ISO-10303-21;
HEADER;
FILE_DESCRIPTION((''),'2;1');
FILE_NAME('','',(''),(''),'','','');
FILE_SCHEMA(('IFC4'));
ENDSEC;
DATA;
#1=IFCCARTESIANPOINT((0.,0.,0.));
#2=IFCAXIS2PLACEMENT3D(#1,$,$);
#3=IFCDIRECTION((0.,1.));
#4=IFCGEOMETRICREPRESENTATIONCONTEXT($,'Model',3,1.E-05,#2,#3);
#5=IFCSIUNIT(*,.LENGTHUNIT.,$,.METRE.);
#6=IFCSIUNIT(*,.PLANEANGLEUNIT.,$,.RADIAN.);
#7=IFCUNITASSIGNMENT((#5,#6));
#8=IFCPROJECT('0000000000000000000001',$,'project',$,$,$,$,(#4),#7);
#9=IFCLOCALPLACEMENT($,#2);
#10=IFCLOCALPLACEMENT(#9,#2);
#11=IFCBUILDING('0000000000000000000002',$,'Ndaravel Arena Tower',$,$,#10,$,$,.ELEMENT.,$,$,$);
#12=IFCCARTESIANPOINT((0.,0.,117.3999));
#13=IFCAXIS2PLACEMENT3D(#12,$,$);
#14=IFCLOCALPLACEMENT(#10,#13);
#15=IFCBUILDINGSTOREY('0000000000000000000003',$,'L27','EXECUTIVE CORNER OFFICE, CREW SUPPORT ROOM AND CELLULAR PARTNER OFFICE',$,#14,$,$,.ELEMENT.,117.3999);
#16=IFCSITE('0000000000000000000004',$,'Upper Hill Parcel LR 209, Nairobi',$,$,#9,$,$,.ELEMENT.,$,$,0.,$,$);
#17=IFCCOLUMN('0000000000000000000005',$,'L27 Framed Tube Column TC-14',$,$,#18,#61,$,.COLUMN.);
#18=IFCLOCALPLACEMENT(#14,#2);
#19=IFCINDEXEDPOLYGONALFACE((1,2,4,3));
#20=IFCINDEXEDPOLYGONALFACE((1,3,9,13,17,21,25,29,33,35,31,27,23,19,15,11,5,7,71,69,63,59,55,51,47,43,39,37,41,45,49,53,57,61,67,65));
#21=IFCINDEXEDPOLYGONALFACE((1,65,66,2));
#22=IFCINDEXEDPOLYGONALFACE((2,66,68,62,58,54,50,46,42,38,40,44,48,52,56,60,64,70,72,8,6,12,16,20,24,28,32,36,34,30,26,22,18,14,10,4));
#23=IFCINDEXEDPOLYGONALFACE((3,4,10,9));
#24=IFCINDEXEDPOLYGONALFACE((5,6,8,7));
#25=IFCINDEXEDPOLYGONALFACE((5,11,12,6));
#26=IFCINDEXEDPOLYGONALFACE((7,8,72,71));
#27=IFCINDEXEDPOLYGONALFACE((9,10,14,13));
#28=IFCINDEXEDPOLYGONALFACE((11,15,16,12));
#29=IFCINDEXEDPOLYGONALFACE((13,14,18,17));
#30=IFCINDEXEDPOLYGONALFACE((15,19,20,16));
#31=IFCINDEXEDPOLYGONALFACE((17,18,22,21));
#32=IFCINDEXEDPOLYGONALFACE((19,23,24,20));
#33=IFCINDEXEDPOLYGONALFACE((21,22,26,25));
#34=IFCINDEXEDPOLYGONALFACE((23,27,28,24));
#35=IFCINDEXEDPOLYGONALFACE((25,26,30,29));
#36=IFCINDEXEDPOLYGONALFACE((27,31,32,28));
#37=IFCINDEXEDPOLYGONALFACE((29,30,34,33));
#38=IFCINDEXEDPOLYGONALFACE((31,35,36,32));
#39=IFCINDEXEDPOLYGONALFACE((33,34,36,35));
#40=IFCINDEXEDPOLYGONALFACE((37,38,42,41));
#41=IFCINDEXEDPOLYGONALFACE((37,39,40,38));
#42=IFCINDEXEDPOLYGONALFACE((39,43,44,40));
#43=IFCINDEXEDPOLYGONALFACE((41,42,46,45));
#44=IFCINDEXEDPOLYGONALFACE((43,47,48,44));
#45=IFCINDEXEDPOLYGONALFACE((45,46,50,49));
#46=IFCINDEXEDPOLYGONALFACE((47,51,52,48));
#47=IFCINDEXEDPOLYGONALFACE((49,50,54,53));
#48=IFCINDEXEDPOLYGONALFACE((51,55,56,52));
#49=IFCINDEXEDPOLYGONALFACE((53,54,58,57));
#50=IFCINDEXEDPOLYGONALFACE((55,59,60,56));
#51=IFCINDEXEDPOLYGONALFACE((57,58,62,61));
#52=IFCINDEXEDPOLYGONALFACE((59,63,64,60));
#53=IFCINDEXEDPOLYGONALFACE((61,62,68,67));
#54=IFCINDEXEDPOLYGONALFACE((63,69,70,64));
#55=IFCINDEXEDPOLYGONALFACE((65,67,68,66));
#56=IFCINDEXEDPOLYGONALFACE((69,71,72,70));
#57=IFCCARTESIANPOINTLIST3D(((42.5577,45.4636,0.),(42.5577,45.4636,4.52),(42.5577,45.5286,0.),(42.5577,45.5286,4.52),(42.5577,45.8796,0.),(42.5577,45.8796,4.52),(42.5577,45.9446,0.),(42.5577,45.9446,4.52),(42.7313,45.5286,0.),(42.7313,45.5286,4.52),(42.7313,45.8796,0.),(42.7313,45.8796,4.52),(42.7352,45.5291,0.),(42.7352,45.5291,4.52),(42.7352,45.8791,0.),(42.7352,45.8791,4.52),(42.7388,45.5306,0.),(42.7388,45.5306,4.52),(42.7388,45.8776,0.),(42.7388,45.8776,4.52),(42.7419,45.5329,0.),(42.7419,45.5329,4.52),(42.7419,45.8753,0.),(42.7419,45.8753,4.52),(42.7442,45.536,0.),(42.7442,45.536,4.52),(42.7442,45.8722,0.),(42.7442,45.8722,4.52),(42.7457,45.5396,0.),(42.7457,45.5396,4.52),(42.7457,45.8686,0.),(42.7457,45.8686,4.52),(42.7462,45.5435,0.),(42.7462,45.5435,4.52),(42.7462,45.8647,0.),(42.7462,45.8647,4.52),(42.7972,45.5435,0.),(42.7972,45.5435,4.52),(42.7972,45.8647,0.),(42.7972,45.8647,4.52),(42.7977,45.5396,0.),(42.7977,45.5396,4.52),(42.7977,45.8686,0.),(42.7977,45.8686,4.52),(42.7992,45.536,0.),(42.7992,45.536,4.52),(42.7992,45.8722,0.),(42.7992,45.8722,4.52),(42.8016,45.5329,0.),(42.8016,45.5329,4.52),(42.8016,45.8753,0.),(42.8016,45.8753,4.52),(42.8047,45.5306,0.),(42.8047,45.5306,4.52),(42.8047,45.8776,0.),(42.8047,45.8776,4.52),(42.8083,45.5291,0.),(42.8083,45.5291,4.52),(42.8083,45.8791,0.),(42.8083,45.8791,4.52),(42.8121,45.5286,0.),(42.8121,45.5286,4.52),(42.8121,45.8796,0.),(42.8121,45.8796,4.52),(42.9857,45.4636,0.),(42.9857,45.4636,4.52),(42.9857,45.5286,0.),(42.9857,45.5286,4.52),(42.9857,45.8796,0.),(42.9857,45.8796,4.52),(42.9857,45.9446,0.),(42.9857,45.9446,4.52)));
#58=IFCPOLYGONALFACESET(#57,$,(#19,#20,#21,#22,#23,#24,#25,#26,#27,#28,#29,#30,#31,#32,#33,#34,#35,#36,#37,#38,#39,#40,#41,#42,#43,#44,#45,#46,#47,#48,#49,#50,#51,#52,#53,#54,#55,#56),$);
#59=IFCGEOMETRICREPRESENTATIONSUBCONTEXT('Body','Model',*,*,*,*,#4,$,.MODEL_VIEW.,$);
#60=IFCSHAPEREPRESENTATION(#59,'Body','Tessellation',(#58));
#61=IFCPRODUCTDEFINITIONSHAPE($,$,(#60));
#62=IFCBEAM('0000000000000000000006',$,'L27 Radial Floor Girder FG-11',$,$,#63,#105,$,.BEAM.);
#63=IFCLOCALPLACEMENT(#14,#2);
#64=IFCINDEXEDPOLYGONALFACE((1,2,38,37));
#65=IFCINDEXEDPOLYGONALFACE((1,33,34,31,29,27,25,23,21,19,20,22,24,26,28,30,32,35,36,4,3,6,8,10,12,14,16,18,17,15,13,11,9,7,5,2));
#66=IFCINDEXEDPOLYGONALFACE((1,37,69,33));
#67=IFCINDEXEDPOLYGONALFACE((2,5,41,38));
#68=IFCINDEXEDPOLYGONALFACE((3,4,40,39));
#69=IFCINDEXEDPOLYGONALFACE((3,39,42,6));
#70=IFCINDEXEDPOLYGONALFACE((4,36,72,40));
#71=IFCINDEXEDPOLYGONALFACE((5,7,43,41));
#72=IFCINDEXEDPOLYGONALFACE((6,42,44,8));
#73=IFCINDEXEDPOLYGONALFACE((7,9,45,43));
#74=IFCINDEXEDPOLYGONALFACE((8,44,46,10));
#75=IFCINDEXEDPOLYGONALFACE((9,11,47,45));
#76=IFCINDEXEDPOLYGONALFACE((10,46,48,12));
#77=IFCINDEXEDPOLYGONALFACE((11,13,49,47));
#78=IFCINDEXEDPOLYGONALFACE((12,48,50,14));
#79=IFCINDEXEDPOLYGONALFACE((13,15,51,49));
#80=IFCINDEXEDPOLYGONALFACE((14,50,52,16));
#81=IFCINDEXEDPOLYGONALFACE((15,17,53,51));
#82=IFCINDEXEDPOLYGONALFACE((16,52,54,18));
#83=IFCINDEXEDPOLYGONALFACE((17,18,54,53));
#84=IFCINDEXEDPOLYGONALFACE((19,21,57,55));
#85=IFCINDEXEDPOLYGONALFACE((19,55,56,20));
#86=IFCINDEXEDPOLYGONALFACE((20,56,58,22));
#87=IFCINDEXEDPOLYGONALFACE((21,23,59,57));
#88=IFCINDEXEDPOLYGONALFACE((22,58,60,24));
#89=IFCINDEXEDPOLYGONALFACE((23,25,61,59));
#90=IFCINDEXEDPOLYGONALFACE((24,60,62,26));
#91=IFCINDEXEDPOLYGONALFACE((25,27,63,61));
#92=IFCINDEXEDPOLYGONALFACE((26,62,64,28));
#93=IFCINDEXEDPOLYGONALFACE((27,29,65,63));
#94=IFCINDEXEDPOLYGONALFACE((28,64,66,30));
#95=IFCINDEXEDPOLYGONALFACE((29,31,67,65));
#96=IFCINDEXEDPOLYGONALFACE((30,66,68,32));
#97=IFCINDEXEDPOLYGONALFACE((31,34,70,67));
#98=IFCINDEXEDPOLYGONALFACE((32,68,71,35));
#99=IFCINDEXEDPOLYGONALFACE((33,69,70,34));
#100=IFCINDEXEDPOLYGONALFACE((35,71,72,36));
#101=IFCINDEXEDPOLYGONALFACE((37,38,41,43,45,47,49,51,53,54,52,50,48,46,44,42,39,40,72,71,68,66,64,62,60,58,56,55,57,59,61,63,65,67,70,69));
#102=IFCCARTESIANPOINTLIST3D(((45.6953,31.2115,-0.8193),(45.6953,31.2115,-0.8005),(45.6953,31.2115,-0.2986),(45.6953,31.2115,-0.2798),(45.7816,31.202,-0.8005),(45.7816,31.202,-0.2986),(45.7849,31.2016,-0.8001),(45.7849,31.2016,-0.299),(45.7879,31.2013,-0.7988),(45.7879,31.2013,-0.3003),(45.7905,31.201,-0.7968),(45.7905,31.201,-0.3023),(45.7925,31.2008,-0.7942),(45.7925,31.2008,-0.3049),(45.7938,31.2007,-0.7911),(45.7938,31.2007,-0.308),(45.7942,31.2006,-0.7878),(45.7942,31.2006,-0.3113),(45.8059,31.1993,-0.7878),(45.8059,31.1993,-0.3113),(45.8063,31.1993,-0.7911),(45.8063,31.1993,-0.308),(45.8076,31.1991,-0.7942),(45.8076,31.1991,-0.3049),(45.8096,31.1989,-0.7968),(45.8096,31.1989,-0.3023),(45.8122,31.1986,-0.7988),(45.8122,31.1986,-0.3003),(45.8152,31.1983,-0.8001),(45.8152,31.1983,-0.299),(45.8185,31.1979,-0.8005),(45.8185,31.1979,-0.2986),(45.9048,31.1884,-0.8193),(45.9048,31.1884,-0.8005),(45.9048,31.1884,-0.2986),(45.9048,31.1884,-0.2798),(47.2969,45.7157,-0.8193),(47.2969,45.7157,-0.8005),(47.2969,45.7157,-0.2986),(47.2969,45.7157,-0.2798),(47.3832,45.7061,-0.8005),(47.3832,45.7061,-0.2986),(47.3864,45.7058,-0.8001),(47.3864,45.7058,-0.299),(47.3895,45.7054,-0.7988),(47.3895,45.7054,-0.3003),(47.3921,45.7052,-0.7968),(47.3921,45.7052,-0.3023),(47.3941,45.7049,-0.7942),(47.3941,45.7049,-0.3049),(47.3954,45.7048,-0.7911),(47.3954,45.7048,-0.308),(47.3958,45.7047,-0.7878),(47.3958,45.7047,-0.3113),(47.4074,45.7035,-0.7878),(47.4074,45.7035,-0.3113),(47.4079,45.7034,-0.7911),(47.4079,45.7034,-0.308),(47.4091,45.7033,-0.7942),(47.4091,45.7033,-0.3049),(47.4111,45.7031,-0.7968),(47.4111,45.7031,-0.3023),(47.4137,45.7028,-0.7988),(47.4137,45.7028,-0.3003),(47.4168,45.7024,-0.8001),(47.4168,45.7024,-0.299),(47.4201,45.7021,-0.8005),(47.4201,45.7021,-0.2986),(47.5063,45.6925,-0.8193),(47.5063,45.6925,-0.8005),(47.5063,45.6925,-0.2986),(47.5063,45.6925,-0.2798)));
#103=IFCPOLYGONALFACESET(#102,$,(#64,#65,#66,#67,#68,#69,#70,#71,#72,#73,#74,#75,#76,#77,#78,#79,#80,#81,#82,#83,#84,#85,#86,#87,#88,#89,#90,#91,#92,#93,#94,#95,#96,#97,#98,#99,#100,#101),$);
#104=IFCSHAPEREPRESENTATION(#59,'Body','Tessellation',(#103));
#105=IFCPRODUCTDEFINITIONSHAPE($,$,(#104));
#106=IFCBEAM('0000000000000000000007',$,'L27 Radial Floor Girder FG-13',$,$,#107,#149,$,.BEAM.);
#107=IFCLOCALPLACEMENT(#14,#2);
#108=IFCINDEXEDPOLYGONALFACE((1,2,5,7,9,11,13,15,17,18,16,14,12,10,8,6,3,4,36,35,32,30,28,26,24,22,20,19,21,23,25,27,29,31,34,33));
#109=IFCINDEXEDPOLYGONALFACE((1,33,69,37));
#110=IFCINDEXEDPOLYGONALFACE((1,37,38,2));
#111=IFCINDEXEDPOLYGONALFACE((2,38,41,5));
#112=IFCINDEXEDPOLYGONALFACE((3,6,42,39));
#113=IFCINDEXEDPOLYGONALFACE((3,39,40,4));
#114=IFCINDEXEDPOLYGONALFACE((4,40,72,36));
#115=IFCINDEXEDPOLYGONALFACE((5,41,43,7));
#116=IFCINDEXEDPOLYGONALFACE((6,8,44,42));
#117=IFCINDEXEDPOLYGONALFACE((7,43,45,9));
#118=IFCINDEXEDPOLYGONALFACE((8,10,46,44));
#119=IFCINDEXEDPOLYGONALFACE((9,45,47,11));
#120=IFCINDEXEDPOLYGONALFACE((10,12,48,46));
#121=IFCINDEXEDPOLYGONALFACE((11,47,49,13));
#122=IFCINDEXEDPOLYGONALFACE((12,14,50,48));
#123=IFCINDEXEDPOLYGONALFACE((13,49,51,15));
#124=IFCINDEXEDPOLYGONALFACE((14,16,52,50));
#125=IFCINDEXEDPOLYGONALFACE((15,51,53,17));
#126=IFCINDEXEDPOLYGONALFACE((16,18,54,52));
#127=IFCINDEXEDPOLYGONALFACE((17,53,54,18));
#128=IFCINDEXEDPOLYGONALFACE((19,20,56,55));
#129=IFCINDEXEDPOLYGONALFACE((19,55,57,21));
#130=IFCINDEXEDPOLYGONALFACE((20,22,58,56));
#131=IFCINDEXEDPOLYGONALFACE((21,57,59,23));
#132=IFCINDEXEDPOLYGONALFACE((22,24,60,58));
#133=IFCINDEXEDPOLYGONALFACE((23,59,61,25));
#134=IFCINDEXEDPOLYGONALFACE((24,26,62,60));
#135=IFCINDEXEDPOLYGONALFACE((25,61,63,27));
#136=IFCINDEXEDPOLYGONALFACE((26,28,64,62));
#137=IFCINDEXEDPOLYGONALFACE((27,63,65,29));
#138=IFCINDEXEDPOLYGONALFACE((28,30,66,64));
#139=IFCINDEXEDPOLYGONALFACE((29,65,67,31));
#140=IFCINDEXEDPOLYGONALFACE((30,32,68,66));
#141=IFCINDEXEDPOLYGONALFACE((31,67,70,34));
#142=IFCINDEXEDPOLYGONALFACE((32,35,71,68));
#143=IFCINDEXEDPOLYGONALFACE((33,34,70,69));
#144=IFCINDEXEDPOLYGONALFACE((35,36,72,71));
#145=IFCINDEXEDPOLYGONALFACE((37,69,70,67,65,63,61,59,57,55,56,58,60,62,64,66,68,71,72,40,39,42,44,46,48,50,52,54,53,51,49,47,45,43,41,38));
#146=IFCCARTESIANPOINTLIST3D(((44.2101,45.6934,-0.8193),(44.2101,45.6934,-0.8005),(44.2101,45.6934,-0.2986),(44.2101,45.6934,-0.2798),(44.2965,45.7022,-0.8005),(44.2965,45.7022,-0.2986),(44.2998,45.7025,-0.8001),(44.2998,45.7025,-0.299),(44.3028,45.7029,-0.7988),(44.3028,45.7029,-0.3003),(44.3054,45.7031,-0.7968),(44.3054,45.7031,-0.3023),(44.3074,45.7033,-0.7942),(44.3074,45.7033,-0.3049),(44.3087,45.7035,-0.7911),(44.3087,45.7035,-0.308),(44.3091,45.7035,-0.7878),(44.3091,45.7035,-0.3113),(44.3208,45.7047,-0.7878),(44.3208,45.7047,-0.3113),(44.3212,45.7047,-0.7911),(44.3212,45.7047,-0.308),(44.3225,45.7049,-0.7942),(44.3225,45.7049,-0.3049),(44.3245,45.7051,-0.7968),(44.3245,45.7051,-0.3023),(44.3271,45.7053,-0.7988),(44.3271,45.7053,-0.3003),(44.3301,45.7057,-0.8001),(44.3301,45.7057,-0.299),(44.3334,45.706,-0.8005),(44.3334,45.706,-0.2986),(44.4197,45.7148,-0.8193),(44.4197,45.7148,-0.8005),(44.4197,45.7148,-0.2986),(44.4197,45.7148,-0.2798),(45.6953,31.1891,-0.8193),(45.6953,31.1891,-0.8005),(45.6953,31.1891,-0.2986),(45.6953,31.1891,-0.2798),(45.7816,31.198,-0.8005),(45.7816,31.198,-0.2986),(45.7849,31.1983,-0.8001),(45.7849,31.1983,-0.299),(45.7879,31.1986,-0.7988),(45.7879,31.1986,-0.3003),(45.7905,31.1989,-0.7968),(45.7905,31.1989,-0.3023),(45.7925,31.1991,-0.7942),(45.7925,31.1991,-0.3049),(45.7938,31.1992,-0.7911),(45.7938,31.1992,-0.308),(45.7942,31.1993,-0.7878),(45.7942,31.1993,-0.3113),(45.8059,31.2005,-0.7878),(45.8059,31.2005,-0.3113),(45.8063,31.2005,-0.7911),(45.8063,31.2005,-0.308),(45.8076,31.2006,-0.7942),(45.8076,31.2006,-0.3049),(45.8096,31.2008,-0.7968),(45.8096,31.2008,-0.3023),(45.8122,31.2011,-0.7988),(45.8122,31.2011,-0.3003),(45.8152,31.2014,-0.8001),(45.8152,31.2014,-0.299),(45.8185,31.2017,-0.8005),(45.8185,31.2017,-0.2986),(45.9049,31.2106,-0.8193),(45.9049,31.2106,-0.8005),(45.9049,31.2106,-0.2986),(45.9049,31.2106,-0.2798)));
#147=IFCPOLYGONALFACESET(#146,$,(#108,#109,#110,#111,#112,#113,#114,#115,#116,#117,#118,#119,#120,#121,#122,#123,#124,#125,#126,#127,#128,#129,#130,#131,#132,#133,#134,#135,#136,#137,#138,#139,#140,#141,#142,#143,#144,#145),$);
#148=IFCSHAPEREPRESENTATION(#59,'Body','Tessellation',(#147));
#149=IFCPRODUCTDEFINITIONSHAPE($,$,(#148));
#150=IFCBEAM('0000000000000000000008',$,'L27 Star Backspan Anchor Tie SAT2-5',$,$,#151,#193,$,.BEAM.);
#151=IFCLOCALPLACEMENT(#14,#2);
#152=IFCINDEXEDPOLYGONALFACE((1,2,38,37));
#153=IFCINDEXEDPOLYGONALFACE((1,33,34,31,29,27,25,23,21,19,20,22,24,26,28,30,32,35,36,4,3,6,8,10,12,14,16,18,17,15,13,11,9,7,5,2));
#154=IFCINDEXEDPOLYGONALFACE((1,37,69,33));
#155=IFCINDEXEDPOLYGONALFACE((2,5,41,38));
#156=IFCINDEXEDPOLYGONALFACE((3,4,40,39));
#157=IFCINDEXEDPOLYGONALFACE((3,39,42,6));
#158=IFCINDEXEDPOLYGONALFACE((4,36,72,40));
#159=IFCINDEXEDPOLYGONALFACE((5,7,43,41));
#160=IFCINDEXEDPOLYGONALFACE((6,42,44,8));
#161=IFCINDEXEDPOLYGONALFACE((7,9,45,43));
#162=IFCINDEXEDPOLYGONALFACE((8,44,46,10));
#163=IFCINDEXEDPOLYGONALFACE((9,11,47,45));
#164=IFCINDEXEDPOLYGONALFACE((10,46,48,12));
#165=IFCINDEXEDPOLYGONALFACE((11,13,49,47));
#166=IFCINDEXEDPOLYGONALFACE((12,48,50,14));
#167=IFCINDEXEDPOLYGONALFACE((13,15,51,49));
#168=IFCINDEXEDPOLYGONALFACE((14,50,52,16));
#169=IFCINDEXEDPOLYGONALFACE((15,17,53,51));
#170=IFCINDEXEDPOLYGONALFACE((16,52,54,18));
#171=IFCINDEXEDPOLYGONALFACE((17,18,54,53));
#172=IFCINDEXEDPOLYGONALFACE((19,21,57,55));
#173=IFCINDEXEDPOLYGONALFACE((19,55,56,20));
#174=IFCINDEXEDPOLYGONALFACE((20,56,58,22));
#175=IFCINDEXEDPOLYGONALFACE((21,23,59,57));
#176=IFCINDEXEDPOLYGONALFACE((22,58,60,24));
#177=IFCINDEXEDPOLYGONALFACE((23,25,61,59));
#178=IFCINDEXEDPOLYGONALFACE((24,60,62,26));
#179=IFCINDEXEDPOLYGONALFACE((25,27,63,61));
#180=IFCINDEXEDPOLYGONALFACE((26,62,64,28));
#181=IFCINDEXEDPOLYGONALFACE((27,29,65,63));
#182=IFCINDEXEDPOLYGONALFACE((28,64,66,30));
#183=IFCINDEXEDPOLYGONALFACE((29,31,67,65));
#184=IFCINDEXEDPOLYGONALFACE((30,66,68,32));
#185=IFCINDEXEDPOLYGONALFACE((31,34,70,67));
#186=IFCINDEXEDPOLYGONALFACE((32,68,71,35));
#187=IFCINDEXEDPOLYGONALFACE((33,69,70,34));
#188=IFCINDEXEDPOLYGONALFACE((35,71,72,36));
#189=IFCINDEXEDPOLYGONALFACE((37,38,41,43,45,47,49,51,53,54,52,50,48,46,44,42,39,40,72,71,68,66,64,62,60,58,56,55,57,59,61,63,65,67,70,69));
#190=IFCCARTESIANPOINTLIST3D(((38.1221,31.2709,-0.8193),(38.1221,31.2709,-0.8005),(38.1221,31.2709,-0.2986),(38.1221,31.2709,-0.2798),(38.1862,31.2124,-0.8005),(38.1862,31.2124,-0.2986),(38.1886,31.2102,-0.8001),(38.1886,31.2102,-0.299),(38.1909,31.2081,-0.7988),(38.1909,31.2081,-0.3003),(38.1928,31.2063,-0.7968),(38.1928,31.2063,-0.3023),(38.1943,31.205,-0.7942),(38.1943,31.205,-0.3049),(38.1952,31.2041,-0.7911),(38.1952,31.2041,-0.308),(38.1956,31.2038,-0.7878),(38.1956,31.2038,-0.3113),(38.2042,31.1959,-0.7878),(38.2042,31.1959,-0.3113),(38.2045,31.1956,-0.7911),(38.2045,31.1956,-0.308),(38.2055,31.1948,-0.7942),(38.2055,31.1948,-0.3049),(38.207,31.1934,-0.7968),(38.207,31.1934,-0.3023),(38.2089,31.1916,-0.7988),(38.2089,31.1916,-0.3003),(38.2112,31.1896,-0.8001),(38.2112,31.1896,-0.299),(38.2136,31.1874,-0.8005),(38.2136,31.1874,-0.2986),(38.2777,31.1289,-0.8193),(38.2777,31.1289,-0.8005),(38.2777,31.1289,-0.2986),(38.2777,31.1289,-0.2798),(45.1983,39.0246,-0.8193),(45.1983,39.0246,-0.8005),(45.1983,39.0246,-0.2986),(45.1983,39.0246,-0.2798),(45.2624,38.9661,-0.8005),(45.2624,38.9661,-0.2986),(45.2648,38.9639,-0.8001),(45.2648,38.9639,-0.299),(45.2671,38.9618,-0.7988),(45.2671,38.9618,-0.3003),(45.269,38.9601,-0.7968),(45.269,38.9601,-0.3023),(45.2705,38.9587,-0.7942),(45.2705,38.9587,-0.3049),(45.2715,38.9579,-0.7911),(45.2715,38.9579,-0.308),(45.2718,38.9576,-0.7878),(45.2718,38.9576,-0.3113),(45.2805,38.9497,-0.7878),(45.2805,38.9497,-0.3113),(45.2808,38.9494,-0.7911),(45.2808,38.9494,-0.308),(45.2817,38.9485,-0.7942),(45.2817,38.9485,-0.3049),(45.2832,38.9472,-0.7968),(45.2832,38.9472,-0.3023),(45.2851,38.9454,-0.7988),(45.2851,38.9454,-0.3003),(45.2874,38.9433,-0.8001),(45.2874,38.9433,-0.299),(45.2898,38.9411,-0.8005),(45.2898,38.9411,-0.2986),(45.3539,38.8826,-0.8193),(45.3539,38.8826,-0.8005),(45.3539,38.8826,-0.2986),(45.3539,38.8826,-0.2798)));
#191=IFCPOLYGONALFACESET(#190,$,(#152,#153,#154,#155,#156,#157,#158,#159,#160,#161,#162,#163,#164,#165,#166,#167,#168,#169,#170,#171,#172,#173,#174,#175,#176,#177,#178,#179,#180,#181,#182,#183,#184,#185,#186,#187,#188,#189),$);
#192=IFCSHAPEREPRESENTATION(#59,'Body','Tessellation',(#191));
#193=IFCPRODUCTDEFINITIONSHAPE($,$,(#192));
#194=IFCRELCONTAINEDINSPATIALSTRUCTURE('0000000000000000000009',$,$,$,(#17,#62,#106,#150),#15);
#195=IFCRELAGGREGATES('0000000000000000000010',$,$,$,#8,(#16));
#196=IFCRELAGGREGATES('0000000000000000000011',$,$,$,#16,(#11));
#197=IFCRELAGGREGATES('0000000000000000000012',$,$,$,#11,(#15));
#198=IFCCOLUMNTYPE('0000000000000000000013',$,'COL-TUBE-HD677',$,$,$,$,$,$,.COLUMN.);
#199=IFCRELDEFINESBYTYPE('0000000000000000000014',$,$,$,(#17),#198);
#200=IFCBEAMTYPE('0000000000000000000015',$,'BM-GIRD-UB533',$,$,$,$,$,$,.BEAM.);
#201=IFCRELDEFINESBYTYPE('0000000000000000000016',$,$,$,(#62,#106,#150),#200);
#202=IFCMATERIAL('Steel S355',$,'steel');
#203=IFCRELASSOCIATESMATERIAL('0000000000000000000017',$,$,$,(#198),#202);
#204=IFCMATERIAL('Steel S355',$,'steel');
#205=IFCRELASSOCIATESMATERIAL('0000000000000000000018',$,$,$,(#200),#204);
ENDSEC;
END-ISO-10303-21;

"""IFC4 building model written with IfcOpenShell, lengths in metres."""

from ifc_helpers import new_model, si_unit, direction, frame, origin, origin_2d, place, context, subcontext, project, spatial, i_section, extrude, material, material_profile, profile_set, type_object, element, save


model = new_model("IFC4")

# Units and contexts
model_context = context("Model", 3, precision=1e-05, world=origin(), true_north=direction((0.0, 1.0)))
body_context = subcontext(model_context, "Body", "Model", "MODEL_VIEW")
ifc_project = project(units=[si_unit("LENGTHUNIT", "METRE"), si_unit("PLANEANGLEUNIT", "RADIAN")], contexts=[model_context])

# Site, building, storey
site_placement = place(None, origin())
site = spatial("IfcSite", under=ifc_project, at=site_placement, Name="Upper Hill Parcel LR 209, Nairobi", CompositionType="ELEMENT", RefElevation=0.0)
building_placement = place(site_placement, origin())
building = spatial("IfcBuilding", under=site, at=building_placement, Name="Ndaravel Arena Tower", CompositionType="ELEMENT")
storey_placement = place(building_placement, frame((0.0, 0.0, 117.3999)))
storey = spatial("IfcBuildingStorey", under=building, at=storey_placement, Name="L27", Description="EXECUTIVE CORNER OFFICE, CREW SUPPORT ROOM AND CELLULAR PARTNER OFFICE", CompositionType="ELEMENT", Elevation=117.3999)

# Column
ifc_material_1 = material(Name="Steel S355", Category="steel")
ifc_material_profile_1 = material_profile(ifc_material_1, i_section(OverallWidth=0.428, OverallDepth=0.481, WebThickness=0.051, FlangeThickness=0.0649, FilletRadius=0.0149, at=origin_2d()), Name="HD 400x677")
ifc_profile_set_1 = profile_set([ifc_material_profile_1], Name="Steel S355")
column_type_1 = type_object("IfcColumnType", Name="COL-TUBE-HD677", PredefinedType="COLUMN", material=ifc_profile_set_1)
for number, where, z_axis, x_axis, name in (
    (1, (42.7717, 45.7041, 0.0), (0.0, 0.0, 1.0), (1.0, 0.0, 0.0), "L27 Framed Tube Column TC-14"),
):
    element("IfcColumn", number, at=place(storey_placement, frame(where, z_axis=z_axis, x_axis=x_axis)), inside=storey, type_object=column_type_1, Name=name, PredefinedType="COLUMN", context=body_context, shape_type="SweptSolid", body=[
        extrude(i_section(OverallWidth=0.428, OverallDepth=0.481, WebThickness=0.051, FlangeThickness=0.0649, FilletRadius=0.0149, at=origin_2d()), origin(), (0.0, 0.0, 1.0), 4.52),
    ])

# Beams
ifc_material_2 = material(Name="Steel S355", Category="steel")
ifc_material_profile_2 = material_profile(ifc_material_2, i_section(OverallWidth=0.2107, OverallDepth=0.5396, WebThickness=0.0117, FlangeThickness=0.0188, FilletRadius=0.0127, at=origin_2d()), Name="UB 533x210x109")
ifc_profile_set_2 = profile_set([ifc_material_profile_2], Name="Steel S355")
beam_type_1 = type_object("IfcBeamType", Name="BM-GIRD-UB533", PredefinedType="BEAM", material=ifc_profile_set_2)
beam_1_placement = place(storey_placement, frame((47.4016, 45.7041, -0.5496), z_axis=(-0.109754, -0.993959, 0.0), x_axis=(0.993959, -0.109754, 0.0)))
element("IfcBeam", 2, at=beam_1_placement, inside=storey, type_object=beam_type_1, Name="L27 Radial Floor Girder FG-11", PredefinedType="BEAM", context=body_context, shape_type="SweptSolid", body=[
    extrude(i_section(OverallWidth=0.2107, OverallDepth=0.5396, WebThickness=0.0117, FlangeThickness=0.0188, FilletRadius=0.0127, at=origin_2d()), origin(), (0.0, 0.0, 1.0), 14.5923),
])
beam_2_placement = place(storey_placement, frame((44.3149, 45.7041, -0.5496), z_axis=(0.101859, -0.994799, 0.0), x_axis=(0.994799, 0.101859, 0.0)))
element("IfcBeam", 3, at=beam_2_placement, inside=storey, type_object=beam_type_1, Name="L27 Radial Floor Girder FG-13", PredefinedType="BEAM", context=body_context, shape_type="SweptSolid", body=[
    extrude(i_section(OverallWidth=0.2107, OverallDepth=0.5396, WebThickness=0.0117, FlangeThickness=0.0188, FilletRadius=0.0127, at=origin_2d()), origin(), (0.0, 0.0, 1.0), 14.5801),
])
beam_3_placement = place(storey_placement, frame((45.2761, 38.9536, -0.5496), z_axis=(-0.6741, -0.73864, 0.0), x_axis=(0.73864, -0.6741, 0.0)))
element("IfcBeam", 4, at=beam_3_placement, inside=storey, type_object=beam_type_1, Name="L27 Star Backspan Anchor Tie SAT2-5", PredefinedType="BEAM", context=body_context, shape_type="SweptSolid", body=[
    extrude(i_section(OverallWidth=0.2107, OverallDepth=0.5396, WebThickness=0.0117, FlangeThickness=0.0188, FilletRadius=0.0127, at=origin_2d()), origin(), (0.0, 0.0, 1.0), 10.4973),
])

save(model, "model.ifc")
